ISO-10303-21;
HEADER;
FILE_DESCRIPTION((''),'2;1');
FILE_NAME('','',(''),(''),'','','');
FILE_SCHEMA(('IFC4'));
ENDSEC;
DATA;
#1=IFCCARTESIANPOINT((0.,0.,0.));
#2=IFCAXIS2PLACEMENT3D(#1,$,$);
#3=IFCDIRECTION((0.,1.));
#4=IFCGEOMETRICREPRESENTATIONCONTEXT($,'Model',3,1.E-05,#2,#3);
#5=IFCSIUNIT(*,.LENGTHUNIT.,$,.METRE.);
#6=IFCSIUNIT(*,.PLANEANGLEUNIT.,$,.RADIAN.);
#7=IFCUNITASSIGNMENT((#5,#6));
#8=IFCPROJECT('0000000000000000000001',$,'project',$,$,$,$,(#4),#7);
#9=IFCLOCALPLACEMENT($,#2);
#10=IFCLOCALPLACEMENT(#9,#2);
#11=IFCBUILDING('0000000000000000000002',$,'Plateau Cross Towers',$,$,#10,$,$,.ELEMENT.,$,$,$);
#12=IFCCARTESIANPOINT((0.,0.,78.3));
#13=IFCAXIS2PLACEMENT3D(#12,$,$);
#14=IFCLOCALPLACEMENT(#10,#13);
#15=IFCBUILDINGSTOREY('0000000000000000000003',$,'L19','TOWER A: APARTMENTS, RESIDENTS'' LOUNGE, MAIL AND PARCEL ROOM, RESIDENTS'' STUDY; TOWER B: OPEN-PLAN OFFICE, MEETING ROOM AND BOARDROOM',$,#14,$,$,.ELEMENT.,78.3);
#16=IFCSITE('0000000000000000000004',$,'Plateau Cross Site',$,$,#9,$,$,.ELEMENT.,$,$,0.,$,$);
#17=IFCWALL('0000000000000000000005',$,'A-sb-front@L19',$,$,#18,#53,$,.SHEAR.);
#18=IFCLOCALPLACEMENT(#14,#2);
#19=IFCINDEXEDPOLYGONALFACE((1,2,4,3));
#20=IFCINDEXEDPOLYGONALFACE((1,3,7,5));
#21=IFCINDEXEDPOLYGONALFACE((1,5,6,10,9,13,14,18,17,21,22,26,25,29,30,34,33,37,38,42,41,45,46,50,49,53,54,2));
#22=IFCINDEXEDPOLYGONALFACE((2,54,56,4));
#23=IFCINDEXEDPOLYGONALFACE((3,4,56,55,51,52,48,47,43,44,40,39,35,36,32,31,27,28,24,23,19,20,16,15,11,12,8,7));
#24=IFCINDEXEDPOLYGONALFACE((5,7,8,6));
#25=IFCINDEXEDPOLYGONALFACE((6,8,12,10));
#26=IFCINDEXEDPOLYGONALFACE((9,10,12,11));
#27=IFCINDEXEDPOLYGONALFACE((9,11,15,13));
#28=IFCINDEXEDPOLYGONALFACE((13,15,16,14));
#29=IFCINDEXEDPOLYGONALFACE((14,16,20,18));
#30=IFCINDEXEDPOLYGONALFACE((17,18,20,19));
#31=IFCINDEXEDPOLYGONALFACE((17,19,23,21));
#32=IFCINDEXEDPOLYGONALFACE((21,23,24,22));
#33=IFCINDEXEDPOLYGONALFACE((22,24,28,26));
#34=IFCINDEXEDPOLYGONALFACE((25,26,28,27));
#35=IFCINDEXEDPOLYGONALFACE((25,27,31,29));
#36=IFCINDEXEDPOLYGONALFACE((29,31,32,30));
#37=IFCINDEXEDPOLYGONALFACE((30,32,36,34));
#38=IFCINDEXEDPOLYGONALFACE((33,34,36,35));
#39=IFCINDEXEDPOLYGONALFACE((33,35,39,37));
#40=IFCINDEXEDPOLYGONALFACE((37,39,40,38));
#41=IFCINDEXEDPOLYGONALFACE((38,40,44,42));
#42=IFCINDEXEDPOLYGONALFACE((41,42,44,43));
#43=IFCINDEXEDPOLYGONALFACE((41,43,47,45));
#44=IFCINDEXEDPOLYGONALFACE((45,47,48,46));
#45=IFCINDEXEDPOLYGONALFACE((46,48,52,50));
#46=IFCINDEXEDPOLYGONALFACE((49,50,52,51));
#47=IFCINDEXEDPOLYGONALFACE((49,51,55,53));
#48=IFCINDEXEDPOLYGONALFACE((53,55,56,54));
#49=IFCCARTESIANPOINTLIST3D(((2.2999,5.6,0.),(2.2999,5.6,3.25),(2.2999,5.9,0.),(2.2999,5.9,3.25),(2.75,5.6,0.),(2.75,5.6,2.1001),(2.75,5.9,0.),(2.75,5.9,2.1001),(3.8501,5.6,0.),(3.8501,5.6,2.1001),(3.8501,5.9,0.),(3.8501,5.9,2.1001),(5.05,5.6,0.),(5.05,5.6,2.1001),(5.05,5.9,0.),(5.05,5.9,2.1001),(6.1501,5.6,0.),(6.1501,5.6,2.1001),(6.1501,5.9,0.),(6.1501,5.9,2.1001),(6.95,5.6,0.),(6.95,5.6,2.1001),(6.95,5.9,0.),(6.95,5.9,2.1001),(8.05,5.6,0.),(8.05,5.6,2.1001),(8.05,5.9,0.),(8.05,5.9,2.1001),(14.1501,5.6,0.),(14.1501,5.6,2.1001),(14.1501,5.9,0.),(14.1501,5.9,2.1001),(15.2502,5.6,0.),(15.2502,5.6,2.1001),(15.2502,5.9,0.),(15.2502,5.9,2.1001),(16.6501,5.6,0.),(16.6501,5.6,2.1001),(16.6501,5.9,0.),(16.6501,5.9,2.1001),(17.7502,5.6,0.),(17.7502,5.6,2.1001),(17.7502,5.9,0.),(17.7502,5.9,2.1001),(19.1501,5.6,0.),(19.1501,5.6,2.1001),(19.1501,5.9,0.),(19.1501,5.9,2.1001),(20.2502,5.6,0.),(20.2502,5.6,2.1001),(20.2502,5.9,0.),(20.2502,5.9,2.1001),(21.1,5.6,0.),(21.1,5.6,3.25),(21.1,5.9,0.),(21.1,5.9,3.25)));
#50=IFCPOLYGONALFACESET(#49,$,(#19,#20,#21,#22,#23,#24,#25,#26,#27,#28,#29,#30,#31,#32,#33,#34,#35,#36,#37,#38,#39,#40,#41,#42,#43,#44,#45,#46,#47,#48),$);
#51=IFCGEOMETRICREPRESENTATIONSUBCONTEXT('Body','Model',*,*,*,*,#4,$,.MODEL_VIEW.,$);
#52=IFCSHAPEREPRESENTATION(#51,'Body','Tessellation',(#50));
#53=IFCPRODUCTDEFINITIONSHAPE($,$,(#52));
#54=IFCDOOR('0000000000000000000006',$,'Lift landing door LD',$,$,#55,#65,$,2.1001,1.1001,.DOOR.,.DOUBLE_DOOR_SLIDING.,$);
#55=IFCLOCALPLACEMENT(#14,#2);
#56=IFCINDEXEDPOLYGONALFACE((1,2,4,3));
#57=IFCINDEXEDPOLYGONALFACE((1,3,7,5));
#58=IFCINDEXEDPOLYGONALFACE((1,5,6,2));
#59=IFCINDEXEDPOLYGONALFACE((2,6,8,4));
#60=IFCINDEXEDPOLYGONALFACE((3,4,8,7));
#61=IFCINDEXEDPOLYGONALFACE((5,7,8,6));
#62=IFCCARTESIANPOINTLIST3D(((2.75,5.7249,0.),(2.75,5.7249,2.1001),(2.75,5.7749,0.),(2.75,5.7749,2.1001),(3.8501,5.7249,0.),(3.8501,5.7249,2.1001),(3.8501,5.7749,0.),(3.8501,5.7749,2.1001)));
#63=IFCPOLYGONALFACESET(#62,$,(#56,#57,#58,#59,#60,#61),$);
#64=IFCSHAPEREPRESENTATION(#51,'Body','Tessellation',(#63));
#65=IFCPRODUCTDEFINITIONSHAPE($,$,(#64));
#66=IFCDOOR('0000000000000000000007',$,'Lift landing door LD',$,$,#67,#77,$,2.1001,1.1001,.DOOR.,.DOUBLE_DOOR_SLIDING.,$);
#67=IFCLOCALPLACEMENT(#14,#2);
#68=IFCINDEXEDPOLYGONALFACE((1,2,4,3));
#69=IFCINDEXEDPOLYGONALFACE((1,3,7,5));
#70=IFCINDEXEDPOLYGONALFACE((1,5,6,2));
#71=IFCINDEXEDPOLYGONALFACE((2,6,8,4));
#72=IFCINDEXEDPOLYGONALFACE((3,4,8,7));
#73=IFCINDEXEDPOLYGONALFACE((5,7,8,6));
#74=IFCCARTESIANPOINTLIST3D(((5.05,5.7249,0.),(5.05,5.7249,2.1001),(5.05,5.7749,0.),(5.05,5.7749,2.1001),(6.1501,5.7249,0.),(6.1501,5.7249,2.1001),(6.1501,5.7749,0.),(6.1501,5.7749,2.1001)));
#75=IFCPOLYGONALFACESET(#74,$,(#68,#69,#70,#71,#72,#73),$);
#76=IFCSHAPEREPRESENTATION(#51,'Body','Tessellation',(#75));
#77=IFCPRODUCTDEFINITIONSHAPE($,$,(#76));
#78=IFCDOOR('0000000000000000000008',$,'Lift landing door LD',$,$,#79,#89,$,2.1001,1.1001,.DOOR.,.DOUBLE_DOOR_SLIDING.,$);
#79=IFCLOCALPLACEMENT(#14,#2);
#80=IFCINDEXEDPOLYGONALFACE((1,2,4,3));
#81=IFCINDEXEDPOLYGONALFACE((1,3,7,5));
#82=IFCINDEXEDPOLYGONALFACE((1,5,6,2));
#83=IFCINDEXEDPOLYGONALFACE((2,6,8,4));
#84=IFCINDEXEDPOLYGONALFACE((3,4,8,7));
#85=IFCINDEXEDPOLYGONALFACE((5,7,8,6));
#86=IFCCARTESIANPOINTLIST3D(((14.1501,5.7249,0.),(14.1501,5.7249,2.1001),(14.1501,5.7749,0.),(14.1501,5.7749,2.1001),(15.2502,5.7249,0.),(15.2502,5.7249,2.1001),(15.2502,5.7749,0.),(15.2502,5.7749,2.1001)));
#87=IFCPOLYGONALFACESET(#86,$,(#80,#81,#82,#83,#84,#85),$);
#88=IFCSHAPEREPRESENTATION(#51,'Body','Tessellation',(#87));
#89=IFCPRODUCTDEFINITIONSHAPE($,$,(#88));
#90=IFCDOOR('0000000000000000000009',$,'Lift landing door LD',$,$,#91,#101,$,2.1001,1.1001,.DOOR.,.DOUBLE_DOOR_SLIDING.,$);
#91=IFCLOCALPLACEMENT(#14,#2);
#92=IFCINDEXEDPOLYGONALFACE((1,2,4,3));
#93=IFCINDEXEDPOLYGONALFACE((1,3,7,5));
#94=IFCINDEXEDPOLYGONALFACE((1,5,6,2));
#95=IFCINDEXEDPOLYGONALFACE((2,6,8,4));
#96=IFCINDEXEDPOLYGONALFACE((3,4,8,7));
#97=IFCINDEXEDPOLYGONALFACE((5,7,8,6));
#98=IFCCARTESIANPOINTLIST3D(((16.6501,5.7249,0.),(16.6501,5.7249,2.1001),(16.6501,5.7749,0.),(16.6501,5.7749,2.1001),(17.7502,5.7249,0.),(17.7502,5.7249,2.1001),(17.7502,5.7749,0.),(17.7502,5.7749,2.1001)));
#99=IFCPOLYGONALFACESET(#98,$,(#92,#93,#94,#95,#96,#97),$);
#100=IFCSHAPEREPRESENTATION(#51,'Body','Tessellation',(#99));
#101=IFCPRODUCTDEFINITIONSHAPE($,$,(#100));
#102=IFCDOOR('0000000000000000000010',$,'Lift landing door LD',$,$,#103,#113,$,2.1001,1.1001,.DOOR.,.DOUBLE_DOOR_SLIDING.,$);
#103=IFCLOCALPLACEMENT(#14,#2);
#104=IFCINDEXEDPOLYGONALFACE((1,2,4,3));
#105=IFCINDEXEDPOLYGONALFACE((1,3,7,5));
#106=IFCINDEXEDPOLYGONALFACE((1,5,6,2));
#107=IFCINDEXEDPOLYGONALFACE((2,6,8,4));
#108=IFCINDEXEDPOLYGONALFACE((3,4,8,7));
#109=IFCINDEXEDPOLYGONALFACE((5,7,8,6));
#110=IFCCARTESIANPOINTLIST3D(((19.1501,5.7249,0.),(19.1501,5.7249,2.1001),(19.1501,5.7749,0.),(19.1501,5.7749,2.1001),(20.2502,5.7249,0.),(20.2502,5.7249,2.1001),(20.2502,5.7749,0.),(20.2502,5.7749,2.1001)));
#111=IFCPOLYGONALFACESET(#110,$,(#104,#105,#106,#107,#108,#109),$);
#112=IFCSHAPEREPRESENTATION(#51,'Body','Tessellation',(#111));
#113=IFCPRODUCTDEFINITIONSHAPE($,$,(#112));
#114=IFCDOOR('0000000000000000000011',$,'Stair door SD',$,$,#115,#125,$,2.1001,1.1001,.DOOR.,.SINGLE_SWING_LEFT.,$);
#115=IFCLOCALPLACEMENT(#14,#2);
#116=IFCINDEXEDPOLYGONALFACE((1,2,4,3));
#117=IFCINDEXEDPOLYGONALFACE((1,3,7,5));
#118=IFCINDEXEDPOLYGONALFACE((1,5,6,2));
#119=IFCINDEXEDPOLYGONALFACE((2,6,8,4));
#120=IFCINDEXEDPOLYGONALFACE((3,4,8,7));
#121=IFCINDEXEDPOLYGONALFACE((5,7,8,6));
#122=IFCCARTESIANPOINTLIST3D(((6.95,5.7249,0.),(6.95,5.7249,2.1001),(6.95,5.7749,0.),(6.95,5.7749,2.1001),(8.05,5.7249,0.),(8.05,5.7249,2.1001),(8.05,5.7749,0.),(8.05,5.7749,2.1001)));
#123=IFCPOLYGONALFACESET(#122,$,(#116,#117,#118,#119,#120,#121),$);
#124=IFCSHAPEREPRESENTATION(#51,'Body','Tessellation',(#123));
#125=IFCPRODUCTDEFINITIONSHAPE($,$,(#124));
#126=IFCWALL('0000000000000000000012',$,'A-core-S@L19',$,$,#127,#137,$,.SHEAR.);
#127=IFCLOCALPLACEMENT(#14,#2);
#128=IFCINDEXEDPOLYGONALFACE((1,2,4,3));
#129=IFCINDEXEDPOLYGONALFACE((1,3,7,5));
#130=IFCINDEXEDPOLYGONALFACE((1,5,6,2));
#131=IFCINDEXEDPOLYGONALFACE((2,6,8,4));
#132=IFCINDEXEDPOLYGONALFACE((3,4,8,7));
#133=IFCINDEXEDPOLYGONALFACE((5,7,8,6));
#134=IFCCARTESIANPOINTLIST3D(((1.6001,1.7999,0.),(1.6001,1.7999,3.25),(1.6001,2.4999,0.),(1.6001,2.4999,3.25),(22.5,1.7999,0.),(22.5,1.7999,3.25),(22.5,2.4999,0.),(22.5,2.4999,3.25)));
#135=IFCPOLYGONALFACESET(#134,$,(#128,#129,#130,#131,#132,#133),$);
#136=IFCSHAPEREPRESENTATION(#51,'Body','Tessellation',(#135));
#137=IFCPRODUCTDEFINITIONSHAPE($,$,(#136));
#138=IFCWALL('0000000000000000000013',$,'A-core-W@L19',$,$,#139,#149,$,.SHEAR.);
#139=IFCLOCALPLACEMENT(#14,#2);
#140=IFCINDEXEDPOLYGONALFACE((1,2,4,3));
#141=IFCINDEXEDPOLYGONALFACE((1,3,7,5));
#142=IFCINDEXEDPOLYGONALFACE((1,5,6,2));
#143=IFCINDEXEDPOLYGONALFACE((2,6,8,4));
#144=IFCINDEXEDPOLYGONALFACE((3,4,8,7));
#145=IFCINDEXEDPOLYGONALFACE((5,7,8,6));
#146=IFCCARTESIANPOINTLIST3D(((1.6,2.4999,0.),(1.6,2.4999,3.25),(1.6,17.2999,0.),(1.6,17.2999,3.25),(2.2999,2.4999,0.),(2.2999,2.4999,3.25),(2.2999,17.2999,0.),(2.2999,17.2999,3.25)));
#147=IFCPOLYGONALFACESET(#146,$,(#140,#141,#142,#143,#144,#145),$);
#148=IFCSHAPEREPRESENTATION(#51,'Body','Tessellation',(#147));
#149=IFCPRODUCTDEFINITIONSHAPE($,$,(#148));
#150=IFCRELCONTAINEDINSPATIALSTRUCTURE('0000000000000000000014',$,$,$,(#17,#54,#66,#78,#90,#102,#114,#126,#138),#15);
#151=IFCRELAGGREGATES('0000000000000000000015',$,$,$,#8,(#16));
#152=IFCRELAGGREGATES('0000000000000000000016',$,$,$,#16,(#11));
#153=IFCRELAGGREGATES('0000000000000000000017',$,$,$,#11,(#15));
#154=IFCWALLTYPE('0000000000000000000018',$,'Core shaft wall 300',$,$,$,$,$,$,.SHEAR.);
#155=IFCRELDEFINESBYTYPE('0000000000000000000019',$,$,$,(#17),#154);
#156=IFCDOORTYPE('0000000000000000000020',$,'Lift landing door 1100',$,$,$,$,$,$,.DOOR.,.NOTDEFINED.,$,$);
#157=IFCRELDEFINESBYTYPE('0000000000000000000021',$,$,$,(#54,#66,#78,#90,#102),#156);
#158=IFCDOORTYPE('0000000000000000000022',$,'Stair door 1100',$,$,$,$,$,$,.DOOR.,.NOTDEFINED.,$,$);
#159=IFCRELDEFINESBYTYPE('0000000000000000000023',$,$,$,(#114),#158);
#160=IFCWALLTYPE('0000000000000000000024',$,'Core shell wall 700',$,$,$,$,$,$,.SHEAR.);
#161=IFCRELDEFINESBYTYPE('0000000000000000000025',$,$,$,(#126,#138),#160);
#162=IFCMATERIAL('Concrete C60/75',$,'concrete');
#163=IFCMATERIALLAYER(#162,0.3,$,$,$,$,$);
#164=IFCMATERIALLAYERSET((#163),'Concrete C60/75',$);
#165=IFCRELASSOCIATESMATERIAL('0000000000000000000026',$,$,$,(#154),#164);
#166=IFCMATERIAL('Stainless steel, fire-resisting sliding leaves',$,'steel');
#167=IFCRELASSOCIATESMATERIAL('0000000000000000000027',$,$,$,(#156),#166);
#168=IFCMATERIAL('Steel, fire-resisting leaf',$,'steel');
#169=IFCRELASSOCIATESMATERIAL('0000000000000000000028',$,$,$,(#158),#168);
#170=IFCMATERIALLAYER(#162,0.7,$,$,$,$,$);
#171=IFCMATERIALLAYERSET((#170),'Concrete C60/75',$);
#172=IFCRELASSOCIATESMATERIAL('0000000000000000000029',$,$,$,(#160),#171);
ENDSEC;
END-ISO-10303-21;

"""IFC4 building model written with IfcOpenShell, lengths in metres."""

from ifc_helpers import new_model, si_unit, direction, frame, frame_2d, origin, place, context, subcontext, project, spatial, rectangle, extrude, material, layer, layer_set, type_object, element, fill, save


model = new_model("IFC4")

# Units and contexts
model_context = context("Model", 3, precision=1e-05, world=origin(), true_north=direction((0.0, 1.0)))
body_context = subcontext(model_context, "Body", "Model", "MODEL_VIEW")
ifc_project = project(units=[si_unit("LENGTHUNIT", "METRE"), si_unit("PLANEANGLEUNIT", "RADIAN")], contexts=[model_context])

# Site, building, storey
site_placement = place(None, origin())
site = spatial("IfcSite", under=ifc_project, at=site_placement, Name="Plateau Cross Site", CompositionType="ELEMENT", RefElevation=0.0)
building_placement = place(site_placement, origin())
building = spatial("IfcBuilding", under=site, at=building_placement, Name="Plateau Cross Towers", CompositionType="ELEMENT")
storey_placement = place(building_placement, frame((0.0, 0.0, 78.3)))
storey = spatial("IfcBuildingStorey", under=building, at=storey_placement, Name="L19", Description="TOWER A: APARTMENTS, RESIDENTS' LOUNGE, MAIL AND PARCEL ROOM, RESIDENTS' STUDY; TOWER B: OPEN-PLAN OFFICE, MEETING ROOM AND BOARDROOM", CompositionType="ELEMENT", Elevation=78.3)

# Shared definitions
ifc_material_1 = material(Name="Concrete C60/75", Category="concrete")

# Shared definitions
ifc_layer_1 = layer(ifc_material_1, 0.3)
ifc_layer_set_1 = layer_set([ifc_layer_1], Name="Concrete C60/75")
wall_type_1 = type_object("IfcWallType", Name="Core shaft wall 300", PredefinedType="SHEAR", material=ifc_layer_set_1)

# Wall, openings, doors
wall_1_placement = place(storey_placement, frame((2.3, 5.75, 0.0), z_axis=(0.0, 0.0, 1.0), x_axis=(1.0, 0.0, 0.0)))
wall_1 = element("IfcWall", 1, at=wall_1_placement, inside=storey, type_object=wall_type_1, Name="A-sb-front@L19", PredefinedType="SHEAR", context=body_context, shape_type="SweptSolid", body=[
    extrude(rectangle(XDim=18.8, YDim=0.3, at=frame_2d((9.3999, 0.0))), origin(), (0.0, 0.0, 1.0), 3.25),
])
opening_1_placement = place(wall_1_placement, frame((4.6499, 0.0, 0.0)))
opening_1 = element("IfcOpeningElement", 2, at=opening_1_placement, cuts=wall_1, PredefinedType="OPENING", context=body_context, shape_type="SweptSolid", body=[
    extrude(rectangle(XDim=1.1001, YDim=2.1001, at=frame_2d((0.55, 1.05))), frame((0.0, 0.1599, 0.0), z_axis=(0.0, -1.0, 0.0), x_axis=(1.0, 0.0, 0.0)), (0.0, 0.0, 1.0), 0.3201),
])
opening_2_placement = place(wall_1_placement, frame((0.45, 0.0, 0.0)))
opening_2 = element("IfcOpeningElement", 3, at=opening_2_placement, cuts=wall_1, PredefinedType="OPENING", context=body_context, shape_type="SweptSolid", body=[
    extrude(rectangle(XDim=1.1001, YDim=2.1001, at=frame_2d((0.55, 1.05))), frame((0.0, 0.1599, 0.0), z_axis=(0.0, -1.0, 0.0), x_axis=(1.0, 0.0, 0.0)), (0.0, 0.0, 1.0), 0.3201),
])
opening_3_placement = place(wall_1_placement, frame((2.75, 0.0, 0.0)))
opening_3 = element("IfcOpeningElement", 4, at=opening_3_placement, cuts=wall_1, PredefinedType="OPENING", context=body_context, shape_type="SweptSolid", body=[
    extrude(rectangle(XDim=1.1001, YDim=2.1001, at=frame_2d((0.55, 1.05))), frame((0.0, 0.1599, 0.0), z_axis=(0.0, -1.0, 0.0), x_axis=(1.0, 0.0, 0.0)), (0.0, 0.0, 1.0), 0.3201),
])
opening_4_placement = place(wall_1_placement, frame((11.8501, 0.0, 0.0)))
opening_4 = element("IfcOpeningElement", 5, at=opening_4_placement, cuts=wall_1, PredefinedType="OPENING", context=body_context, shape_type="SweptSolid", body=[
    extrude(rectangle(XDim=1.1001, YDim=2.1001, at=frame_2d((0.55, 1.05))), frame((0.0, 0.1599, 0.0), z_axis=(0.0, -1.0, 0.0), x_axis=(1.0, 0.0, 0.0)), (0.0, 0.0, 1.0), 0.3201),
])
opening_5_placement = place(wall_1_placement, frame((14.3501, 0.0, 0.0)))
opening_5 = element("IfcOpeningElement", 6, at=opening_5_placement, cuts=wall_1, PredefinedType="OPENING", context=body_context, shape_type="SweptSolid", body=[
    extrude(rectangle(XDim=1.1001, YDim=2.1001, at=frame_2d((0.55, 1.05))), frame((0.0, 0.1599, 0.0), z_axis=(0.0, -1.0, 0.0), x_axis=(1.0, 0.0, 0.0)), (0.0, 0.0, 1.0), 0.3201),
])
opening_6_placement = place(wall_1_placement, frame((16.8501, 0.0, 0.0)))
opening_6 = element("IfcOpeningElement", 7, at=opening_6_placement, cuts=wall_1, PredefinedType="OPENING", context=body_context, shape_type="SweptSolid", body=[
    extrude(rectangle(XDim=1.1001, YDim=2.1001, at=frame_2d((0.55, 1.05))), frame((0.0, 0.1599, 0.0), z_axis=(0.0, -1.0, 0.0), x_axis=(1.0, 0.0, 0.0)), (0.0, 0.0, 1.0), 0.3201),
])
ifc_material_2 = material(Name="Stainless steel, fire-resisting sliding leaves", Category="steel")
door_type_1 = type_object("IfcDoorType", Name="Lift landing door 1100", OperationType="NOTDEFINED", PredefinedType="DOOR", material=ifc_material_2)
door_1_placement = place(opening_2_placement, origin())
door_1 = element("IfcDoor", 8, at=door_1_placement, inside=storey, type_object=door_type_1, Name="Lift landing door LD", OperationType="DOUBLE_DOOR_SLIDING", OverallHeight=2.1001, OverallWidth=1.1001, PredefinedType="DOOR", context=body_context, shape_type="SweptSolid", body=[
    extrude(rectangle(XDim=1.1001, YDim=2.1001, at=frame_2d((0.55, 1.05))), frame((0.0, 0.0249, 0.0), z_axis=(0.0, -1.0, 0.0), x_axis=(1.0, 0.0, 0.0)), (0.0, 0.0, 1.0), 0.05),
])
fill(opening_2, door_1)
door_2_placement = place(opening_3_placement, origin())
door_2 = element("IfcDoor", 9, at=door_2_placement, inside=storey, type_object=door_type_1, Name="Lift landing door LD", OperationType="DOUBLE_DOOR_SLIDING", OverallHeight=2.1001, OverallWidth=1.1001, PredefinedType="DOOR", context=body_context, shape_type="SweptSolid", body=[
    extrude(rectangle(XDim=1.1001, YDim=2.1001, at=frame_2d((0.55, 1.05))), frame((0.0, 0.0249, 0.0), z_axis=(0.0, -1.0, 0.0), x_axis=(1.0, 0.0, 0.0)), (0.0, 0.0, 1.0), 0.05),
])
fill(opening_3, door_2)
door_3_placement = place(opening_4_placement, origin())
door_3 = element("IfcDoor", 10, at=door_3_placement, inside=storey, type_object=door_type_1, Name="Lift landing door LD", OperationType="DOUBLE_DOOR_SLIDING", OverallHeight=2.1001, OverallWidth=1.1001, PredefinedType="DOOR", context=body_context, shape_type="SweptSolid", body=[
    extrude(rectangle(XDim=1.1001, YDim=2.1001, at=frame_2d((0.55, 1.05))), frame((0.0, 0.0249, 0.0), z_axis=(0.0, -1.0, 0.0), x_axis=(1.0, 0.0, 0.0)), (0.0, 0.0, 1.0), 0.05),
])
fill(opening_4, door_3)
door_4_placement = place(opening_5_placement, origin())
door_4 = element("IfcDoor", 11, at=door_4_placement, inside=storey, type_object=door_type_1, Name="Lift landing door LD", OperationType="DOUBLE_DOOR_SLIDING", OverallHeight=2.1001, OverallWidth=1.1001, PredefinedType="DOOR", context=body_context, shape_type="SweptSolid", body=[
    extrude(rectangle(XDim=1.1001, YDim=2.1001, at=frame_2d((0.55, 1.05))), frame((0.0, 0.0249, 0.0), z_axis=(0.0, -1.0, 0.0), x_axis=(1.0, 0.0, 0.0)), (0.0, 0.0, 1.0), 0.05),
])
fill(opening_5, door_4)
door_5_placement = place(opening_6_placement, origin())
door_5 = element("IfcDoor", 12, at=door_5_placement, inside=storey, type_object=door_type_1, Name="Lift landing door LD", OperationType="DOUBLE_DOOR_SLIDING", OverallHeight=2.1001, OverallWidth=1.1001, PredefinedType="DOOR", context=body_context, shape_type="SweptSolid", body=[
    extrude(rectangle(XDim=1.1001, YDim=2.1001, at=frame_2d((0.55, 1.05))), frame((0.0, 0.0249, 0.0), z_axis=(0.0, -1.0, 0.0), x_axis=(1.0, 0.0, 0.0)), (0.0, 0.0, 1.0), 0.05),
])
fill(opening_6, door_5)
ifc_material_3 = material(Name="Steel, fire-resisting leaf", Category="steel")
door_type_2 = type_object("IfcDoorType", Name="Stair door 1100", OperationType="NOTDEFINED", PredefinedType="DOOR", material=ifc_material_3)
door_6_placement = place(opening_1_placement, origin())
door_6 = element("IfcDoor", 13, at=door_6_placement, inside=storey, type_object=door_type_2, Name="Stair door SD", OperationType="SINGLE_SWING_LEFT", OverallHeight=2.1001, OverallWidth=1.1001, PredefinedType="DOOR", context=body_context, shape_type="SweptSolid", body=[
    extrude(rectangle(XDim=1.1001, YDim=2.1001, at=frame_2d((0.55, 1.05))), frame((0.0, 0.0249, 0.0), z_axis=(0.0, -1.0, 0.0), x_axis=(1.0, 0.0, 0.0)), (0.0, 0.0, 1.0), 0.05),
])
fill(opening_1, door_6)

# Walls
ifc_layer_2 = layer(ifc_material_1, 0.7)
ifc_layer_set_2 = layer_set([ifc_layer_2], Name="Concrete C60/75")
wall_type_2 = type_object("IfcWallType", Name="Core shell wall 700", PredefinedType="SHEAR", material=ifc_layer_set_2)
wall_2_placement = place(storey_placement, frame((1.6001, 2.1499, 0.0), z_axis=(0.0, 0.0, 1.0), x_axis=(1.0, 0.0, 0.0)))
element("IfcWall", 14, at=wall_2_placement, inside=storey, type_object=wall_type_2, Name="A-core-S@L19", PredefinedType="SHEAR", context=body_context, shape_type="SweptSolid", body=[
    extrude(rectangle(XDim=20.8999, YDim=0.7, at=frame_2d((10.45, 0.0))), origin(), (0.0, 0.0, 1.0), 3.25),
])
wall_3_placement = place(storey_placement, frame((1.95, 2.5, 0.0), z_axis=(0.0, 0.0, 1.0), x_axis=(0.0, 1.0, 0.0)))
element("IfcWall", 15, at=wall_3_placement, inside=storey, type_object=wall_type_2, Name="A-core-W@L19", PredefinedType="SHEAR", context=body_context, shape_type="SweptSolid", body=[
    extrude(rectangle(XDim=14.8, YDim=0.7, at=frame_2d((7.3999, 0.0))), origin(), (0.0, 0.0, 1.0), 3.25),
])

save(model, "model.ifc")
